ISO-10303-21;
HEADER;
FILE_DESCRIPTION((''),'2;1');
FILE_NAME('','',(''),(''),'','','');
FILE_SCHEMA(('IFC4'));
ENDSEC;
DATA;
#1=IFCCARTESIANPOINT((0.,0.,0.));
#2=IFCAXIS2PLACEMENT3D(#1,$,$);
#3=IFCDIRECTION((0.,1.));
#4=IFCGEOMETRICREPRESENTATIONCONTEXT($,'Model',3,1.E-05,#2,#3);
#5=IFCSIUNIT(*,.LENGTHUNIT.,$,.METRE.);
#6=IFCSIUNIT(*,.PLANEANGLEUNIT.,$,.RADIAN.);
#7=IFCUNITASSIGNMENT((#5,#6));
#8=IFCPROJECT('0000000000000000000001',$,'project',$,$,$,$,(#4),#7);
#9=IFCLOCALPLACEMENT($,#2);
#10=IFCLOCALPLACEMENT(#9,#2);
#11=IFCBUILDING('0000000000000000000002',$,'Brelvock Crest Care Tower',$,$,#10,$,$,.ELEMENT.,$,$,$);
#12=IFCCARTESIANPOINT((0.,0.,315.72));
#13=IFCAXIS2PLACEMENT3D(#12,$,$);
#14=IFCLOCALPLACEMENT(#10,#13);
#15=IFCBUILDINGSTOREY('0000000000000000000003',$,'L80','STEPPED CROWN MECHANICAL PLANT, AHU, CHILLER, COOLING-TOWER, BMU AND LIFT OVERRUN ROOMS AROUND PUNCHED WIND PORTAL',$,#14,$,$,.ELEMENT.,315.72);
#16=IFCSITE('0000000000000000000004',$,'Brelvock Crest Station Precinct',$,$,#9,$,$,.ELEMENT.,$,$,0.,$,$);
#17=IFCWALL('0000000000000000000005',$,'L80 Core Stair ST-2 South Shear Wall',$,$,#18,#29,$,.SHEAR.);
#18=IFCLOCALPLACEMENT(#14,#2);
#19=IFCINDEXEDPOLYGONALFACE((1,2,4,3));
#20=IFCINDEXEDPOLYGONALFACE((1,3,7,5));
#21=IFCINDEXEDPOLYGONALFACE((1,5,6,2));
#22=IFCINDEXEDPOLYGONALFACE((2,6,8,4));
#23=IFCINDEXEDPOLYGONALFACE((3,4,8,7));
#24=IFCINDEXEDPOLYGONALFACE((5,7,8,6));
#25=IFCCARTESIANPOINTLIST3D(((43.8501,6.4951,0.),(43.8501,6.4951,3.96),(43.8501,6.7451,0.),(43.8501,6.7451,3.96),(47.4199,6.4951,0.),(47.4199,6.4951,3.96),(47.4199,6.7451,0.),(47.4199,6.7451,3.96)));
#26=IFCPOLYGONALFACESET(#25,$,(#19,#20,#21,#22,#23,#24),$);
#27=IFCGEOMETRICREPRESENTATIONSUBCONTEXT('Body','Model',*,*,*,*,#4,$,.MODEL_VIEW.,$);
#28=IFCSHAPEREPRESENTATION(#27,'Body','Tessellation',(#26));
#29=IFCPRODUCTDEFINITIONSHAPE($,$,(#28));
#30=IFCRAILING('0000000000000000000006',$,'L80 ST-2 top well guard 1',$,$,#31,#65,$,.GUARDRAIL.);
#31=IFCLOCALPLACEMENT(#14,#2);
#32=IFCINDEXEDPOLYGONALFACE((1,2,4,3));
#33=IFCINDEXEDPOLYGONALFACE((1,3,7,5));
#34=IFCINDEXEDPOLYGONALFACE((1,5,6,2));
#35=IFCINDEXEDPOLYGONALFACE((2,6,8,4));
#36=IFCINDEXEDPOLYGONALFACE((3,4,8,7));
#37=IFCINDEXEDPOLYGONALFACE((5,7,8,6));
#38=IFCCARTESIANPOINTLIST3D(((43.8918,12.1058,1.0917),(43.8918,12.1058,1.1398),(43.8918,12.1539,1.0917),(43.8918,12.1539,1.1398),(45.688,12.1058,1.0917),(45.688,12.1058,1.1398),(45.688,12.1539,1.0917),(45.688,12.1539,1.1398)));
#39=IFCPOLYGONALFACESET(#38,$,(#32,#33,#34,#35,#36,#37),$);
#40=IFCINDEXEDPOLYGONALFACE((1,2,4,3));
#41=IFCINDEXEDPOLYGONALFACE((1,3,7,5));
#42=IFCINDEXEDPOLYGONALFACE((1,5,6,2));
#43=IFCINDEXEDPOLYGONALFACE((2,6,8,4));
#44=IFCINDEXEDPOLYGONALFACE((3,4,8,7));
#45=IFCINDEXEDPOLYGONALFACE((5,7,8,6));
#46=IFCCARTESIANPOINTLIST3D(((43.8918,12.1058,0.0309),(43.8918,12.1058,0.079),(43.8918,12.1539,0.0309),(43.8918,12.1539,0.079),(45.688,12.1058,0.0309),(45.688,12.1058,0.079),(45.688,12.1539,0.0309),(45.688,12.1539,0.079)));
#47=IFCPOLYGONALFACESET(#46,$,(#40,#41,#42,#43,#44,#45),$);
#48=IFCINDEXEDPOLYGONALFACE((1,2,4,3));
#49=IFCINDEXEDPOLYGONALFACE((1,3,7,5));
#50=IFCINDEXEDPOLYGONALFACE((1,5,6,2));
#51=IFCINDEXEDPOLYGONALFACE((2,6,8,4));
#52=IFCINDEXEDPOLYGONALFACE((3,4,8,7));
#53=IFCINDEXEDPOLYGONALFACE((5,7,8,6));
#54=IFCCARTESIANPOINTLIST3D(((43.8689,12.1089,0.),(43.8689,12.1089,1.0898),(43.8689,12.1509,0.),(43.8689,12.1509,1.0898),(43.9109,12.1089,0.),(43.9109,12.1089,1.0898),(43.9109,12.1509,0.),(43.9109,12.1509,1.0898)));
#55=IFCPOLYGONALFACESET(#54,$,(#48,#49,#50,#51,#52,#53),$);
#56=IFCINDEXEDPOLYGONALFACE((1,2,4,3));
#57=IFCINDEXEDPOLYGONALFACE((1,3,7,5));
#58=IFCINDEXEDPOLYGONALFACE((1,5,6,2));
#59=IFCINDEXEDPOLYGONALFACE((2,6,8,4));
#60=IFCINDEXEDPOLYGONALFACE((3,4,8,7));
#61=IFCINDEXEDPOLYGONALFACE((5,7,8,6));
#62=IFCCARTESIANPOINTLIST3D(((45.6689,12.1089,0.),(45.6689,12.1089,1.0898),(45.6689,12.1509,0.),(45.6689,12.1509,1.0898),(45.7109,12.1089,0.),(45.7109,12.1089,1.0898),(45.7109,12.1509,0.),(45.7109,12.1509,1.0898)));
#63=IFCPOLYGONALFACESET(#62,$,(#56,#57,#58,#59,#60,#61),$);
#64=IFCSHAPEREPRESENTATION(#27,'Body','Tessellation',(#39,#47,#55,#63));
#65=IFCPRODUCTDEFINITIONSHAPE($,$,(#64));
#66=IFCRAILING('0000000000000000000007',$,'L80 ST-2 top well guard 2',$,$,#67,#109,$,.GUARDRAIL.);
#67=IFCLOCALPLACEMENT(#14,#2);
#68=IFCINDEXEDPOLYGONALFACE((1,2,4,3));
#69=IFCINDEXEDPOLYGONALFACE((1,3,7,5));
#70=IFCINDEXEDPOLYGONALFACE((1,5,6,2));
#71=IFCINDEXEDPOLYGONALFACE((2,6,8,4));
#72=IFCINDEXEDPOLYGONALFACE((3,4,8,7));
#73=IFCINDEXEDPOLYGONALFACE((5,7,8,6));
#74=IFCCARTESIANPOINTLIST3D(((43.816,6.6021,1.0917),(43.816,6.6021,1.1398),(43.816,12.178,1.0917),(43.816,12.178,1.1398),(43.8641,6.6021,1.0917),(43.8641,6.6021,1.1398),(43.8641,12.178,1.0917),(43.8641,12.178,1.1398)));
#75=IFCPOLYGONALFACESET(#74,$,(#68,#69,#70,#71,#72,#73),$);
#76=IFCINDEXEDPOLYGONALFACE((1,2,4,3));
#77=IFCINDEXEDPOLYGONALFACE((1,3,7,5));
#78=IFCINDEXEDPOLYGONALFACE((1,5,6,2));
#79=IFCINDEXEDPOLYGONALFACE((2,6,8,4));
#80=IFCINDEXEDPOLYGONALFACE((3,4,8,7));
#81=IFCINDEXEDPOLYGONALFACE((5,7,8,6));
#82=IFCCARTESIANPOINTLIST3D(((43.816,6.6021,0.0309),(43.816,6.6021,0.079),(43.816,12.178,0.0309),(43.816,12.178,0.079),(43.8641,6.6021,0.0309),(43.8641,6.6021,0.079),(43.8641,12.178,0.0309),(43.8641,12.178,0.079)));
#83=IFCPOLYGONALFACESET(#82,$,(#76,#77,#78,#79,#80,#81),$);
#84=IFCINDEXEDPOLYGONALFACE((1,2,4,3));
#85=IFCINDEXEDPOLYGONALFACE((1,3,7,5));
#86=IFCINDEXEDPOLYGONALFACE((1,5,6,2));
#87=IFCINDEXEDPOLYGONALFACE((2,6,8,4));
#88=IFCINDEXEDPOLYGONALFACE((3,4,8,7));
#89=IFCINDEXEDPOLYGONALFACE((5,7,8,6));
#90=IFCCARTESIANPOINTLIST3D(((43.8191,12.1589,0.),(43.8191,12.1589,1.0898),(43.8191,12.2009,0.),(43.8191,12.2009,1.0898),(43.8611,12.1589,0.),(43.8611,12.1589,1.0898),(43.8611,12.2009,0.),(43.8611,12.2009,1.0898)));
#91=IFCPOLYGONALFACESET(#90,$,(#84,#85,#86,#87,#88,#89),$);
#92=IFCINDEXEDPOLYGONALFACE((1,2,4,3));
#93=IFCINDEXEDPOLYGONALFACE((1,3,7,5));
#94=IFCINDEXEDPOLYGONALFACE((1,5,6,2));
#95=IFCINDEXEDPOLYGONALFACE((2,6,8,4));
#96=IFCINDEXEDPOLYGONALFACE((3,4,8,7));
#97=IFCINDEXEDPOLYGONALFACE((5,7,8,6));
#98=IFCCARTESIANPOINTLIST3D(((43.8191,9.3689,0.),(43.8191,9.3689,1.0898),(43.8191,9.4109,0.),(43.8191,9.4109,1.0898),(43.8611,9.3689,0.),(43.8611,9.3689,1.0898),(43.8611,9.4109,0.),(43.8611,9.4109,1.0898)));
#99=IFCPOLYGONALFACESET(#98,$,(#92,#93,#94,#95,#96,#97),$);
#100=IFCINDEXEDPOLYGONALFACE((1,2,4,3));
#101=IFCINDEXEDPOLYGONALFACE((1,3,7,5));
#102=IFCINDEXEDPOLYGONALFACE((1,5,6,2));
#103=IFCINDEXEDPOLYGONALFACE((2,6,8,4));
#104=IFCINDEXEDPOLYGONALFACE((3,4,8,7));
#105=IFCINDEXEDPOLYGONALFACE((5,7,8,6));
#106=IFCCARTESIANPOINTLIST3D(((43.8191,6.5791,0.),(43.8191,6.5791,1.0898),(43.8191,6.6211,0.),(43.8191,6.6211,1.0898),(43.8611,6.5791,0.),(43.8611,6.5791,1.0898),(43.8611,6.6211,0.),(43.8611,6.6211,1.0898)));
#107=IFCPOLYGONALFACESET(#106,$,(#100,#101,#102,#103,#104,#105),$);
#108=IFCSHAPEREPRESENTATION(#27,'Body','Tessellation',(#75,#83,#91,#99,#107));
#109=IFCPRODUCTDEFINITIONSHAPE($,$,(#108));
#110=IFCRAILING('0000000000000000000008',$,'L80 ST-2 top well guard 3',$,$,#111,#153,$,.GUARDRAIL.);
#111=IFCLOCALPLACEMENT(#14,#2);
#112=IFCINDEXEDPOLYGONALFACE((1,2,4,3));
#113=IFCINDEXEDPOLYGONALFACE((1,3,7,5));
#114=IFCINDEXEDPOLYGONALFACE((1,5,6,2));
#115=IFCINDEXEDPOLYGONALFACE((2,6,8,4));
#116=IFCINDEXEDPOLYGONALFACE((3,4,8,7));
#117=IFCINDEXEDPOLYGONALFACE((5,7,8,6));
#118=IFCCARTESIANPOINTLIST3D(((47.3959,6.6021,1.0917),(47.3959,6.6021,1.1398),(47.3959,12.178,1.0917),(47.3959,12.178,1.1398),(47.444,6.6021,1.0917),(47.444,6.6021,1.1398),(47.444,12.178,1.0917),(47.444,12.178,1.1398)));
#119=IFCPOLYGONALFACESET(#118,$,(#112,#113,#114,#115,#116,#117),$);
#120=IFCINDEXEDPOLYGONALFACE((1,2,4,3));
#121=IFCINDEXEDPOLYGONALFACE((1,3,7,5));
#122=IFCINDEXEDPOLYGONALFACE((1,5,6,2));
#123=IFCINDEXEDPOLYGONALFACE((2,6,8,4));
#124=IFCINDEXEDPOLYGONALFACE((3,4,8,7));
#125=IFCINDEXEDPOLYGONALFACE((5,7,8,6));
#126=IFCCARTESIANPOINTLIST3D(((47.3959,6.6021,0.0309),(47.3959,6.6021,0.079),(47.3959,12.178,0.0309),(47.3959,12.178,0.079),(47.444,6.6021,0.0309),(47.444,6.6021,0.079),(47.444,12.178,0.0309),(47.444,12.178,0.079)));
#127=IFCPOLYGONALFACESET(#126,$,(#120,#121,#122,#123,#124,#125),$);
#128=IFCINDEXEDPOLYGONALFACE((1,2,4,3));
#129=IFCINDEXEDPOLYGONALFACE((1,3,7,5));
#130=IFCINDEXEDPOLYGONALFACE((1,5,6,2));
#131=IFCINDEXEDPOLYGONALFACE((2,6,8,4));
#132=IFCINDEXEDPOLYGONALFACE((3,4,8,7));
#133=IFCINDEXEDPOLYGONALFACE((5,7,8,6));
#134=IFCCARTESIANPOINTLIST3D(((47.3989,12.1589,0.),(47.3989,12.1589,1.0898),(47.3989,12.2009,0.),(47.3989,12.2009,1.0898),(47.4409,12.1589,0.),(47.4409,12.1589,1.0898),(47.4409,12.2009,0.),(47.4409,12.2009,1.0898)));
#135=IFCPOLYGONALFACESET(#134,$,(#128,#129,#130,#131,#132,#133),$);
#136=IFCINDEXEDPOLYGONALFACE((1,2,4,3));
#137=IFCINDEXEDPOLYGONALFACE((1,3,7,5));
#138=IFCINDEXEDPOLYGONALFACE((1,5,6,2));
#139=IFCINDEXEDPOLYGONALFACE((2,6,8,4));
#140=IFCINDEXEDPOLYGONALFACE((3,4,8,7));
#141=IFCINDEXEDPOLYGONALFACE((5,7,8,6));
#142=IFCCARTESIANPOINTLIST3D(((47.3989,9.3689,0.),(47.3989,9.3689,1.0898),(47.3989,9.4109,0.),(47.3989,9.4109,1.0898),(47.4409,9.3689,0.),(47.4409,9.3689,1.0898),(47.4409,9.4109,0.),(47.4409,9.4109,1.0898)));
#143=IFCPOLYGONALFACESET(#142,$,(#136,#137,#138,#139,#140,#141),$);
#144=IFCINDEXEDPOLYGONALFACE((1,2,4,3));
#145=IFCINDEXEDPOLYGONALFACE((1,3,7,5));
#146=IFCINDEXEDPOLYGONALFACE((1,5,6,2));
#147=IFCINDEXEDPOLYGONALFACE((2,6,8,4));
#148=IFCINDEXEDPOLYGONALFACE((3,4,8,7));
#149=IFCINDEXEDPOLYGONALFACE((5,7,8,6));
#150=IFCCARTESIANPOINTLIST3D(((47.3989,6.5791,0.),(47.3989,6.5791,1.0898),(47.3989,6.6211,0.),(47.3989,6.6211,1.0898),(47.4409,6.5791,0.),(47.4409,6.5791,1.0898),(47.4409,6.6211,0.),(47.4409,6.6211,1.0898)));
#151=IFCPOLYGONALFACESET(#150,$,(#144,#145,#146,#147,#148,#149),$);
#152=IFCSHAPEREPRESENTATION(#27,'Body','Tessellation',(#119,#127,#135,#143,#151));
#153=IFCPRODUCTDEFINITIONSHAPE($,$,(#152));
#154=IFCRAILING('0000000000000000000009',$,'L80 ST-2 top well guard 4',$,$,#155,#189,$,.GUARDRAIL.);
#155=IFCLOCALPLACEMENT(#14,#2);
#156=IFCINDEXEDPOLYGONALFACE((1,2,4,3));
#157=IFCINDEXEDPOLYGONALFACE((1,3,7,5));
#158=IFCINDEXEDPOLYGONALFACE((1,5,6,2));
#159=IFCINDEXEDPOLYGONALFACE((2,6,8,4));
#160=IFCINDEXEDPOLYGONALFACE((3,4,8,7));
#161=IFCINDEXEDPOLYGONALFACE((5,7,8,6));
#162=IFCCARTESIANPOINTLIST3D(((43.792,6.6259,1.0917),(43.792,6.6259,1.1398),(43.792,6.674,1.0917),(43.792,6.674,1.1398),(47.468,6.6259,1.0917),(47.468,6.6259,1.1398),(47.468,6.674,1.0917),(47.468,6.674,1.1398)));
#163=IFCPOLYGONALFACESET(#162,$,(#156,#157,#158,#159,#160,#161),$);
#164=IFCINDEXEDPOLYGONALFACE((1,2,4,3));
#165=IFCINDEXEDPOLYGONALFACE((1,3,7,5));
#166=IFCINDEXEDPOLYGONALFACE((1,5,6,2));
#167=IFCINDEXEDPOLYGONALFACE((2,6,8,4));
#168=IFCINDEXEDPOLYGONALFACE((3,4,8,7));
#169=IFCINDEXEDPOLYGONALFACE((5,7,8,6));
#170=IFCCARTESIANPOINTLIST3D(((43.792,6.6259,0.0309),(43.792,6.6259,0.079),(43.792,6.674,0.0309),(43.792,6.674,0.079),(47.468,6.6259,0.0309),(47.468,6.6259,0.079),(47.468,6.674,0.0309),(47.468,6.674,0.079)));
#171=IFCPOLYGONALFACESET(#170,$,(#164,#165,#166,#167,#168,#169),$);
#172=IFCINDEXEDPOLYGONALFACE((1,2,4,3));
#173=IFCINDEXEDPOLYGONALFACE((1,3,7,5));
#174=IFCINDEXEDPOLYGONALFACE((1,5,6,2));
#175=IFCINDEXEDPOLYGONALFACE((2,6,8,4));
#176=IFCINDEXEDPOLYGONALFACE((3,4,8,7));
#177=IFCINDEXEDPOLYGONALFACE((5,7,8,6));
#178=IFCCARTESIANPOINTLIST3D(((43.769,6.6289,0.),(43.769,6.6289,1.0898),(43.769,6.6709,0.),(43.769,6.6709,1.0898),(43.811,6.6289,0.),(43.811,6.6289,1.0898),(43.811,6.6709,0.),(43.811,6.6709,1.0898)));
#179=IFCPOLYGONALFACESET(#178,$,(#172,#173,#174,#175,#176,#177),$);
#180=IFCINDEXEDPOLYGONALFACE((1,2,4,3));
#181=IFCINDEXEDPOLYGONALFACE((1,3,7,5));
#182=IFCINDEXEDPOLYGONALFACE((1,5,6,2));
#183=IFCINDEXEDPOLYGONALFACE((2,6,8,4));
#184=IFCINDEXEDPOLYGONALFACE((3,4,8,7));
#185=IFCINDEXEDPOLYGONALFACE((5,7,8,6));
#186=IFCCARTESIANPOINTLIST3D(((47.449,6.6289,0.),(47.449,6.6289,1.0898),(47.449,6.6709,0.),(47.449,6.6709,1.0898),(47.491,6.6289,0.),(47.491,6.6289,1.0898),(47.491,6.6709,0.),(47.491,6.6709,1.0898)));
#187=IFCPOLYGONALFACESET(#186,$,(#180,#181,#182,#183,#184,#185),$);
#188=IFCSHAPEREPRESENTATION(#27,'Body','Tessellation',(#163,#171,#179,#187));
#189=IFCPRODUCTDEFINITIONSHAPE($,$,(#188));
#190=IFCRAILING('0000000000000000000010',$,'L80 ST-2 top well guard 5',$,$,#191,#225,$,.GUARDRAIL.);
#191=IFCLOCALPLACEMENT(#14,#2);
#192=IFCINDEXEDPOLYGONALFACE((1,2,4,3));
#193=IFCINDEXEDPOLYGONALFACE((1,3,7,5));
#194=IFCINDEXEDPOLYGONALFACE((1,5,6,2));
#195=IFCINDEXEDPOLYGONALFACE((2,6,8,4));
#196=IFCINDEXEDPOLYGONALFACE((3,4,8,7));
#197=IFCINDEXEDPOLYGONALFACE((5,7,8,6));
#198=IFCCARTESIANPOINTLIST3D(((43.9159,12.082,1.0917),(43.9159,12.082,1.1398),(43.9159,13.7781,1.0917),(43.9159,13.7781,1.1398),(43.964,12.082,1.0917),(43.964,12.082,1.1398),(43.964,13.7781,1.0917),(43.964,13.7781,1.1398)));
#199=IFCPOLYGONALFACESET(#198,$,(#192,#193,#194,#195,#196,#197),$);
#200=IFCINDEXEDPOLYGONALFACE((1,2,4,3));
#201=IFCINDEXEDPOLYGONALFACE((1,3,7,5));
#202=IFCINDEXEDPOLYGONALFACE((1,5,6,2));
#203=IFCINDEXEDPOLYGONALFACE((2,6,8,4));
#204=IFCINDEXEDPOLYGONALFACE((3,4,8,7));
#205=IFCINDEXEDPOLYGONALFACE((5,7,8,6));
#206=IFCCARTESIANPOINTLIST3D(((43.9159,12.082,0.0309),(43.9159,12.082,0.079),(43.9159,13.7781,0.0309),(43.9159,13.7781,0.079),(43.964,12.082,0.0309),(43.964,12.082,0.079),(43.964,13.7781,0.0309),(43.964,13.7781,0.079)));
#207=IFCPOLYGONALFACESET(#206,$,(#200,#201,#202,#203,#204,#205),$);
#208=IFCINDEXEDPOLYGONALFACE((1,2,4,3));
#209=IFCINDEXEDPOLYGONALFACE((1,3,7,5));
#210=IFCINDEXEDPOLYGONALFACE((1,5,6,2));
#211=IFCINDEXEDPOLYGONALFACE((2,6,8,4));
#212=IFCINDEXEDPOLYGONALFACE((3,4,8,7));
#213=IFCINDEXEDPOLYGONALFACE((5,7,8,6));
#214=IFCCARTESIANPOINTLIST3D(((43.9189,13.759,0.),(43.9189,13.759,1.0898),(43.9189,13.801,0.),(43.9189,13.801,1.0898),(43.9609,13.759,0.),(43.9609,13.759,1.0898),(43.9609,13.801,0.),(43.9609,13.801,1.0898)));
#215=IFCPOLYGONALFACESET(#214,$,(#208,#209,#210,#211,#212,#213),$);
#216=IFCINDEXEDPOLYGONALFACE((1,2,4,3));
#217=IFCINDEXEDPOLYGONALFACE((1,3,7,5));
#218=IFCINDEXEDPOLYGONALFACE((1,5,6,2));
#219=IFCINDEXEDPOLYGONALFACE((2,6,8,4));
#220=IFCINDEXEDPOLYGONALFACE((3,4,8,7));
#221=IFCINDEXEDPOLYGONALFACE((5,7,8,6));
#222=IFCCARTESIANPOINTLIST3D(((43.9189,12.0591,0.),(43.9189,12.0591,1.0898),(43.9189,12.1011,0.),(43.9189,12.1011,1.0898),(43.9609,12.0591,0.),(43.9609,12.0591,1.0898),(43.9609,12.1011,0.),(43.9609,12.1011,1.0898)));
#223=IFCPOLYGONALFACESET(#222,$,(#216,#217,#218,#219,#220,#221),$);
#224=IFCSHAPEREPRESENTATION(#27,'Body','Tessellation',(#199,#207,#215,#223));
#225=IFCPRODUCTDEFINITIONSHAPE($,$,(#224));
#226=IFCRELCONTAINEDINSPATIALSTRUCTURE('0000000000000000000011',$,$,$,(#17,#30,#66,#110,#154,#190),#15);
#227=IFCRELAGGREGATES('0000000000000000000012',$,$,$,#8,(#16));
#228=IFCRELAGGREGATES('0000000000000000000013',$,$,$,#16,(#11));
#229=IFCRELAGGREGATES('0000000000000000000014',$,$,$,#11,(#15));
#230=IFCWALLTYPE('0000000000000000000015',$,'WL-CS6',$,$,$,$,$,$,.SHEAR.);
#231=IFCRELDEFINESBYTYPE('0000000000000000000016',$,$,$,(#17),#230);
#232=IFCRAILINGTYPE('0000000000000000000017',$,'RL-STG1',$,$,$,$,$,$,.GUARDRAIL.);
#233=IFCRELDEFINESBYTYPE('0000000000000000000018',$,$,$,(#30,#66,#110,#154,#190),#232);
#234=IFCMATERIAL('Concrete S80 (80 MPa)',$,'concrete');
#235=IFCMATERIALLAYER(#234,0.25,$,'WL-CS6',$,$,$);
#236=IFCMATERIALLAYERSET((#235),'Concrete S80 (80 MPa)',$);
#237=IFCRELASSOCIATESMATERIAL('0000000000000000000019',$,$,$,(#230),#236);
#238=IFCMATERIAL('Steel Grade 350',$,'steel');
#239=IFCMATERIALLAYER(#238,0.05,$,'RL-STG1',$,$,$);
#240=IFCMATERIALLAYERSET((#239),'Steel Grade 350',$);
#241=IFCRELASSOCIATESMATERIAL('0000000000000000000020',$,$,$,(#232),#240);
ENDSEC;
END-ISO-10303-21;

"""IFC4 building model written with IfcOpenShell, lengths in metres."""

from ifc_helpers import new_model, si_unit, direction, frame, frame_2d, origin, origin_2d, place, context, subcontext, project, spatial, rectangle, extrude, material, layer, layer_set, type_object, element, save


model = new_model("IFC4")

# Units and contexts
model_context = context("Model", 3, precision=1e-05, world=origin(), true_north=direction((0.0, 1.0)))
body_context = subcontext(model_context, "Body", "Model", "MODEL_VIEW")
ifc_project = project(units=[si_unit("LENGTHUNIT", "METRE"), si_unit("PLANEANGLEUNIT", "RADIAN")], contexts=[model_context])

# Site, building, storey
site_placement = place(None, origin())
site = spatial("IfcSite", under=ifc_project, at=site_placement, Name="Brelvock Crest Station Precinct", CompositionType="ELEMENT", RefElevation=0.0)
building_placement = place(site_placement, origin())
building = spatial("IfcBuilding", under=site, at=building_placement, Name="Brelvock Crest Care Tower", CompositionType="ELEMENT")
storey_placement = place(building_placement, frame((0.0, 0.0, 315.72)))
storey = spatial("IfcBuildingStorey", under=building, at=storey_placement, Name="L80", Description="STEPPED CROWN MECHANICAL PLANT, AHU, CHILLER, COOLING-TOWER, BMU AND LIFT OVERRUN ROOMS AROUND PUNCHED WIND PORTAL", CompositionType="ELEMENT", Elevation=315.72)

# Shared definitions
ifc_material_1 = material(Name="Steel Grade 350", Category="steel")

# Wall
ifc_material_2 = material(Name="Concrete S80 (80 MPa)", Category="concrete")
ifc_layer_1 = layer(ifc_material_2, 0.25, Name="WL-CS6")
ifc_layer_set_1 = layer_set([ifc_layer_1], Name="Concrete S80 (80 MPa)")
wall_type_1 = type_object("IfcWallType", Name="WL-CS6", PredefinedType="SHEAR", material=ifc_layer_set_1)
wall_1_placement = place(storey_placement, frame((43.8501, 6.6201, 0.0), z_axis=(0.0, 0.0, 1.0), x_axis=(1.0, 0.0, 0.0)))
element("IfcWall", 1, at=wall_1_placement, inside=storey, type_object=wall_type_1, Name="L80 Core Stair ST-2 South Shear Wall", PredefinedType="SHEAR", context=body_context, shape_type="SweptSolid", body=[
    extrude(rectangle(XDim=3.5698, YDim=0.25, at=frame_2d((1.7849, 0.0))), origin(), (0.0, 0.0, 1.0), 3.96),
])

# Railings
ifc_layer_2 = layer(ifc_material_1, 0.05, Name="RL-STG1")
ifc_layer_set_2 = layer_set([ifc_layer_2], Name="Steel Grade 350")
railing_type = type_object("IfcRailingType", Name="RL-STG1", PredefinedType="GUARDRAIL", material=ifc_layer_set_2)
railing_1_placement = place(storey_placement, frame((43.8899, 12.1299, 0.0)))
element("IfcRailing", 2, at=railing_1_placement, inside=storey, type_object=railing_type, Name="L80 ST-2 top well guard 1", PredefinedType="GUARDRAIL", context=body_context, shape_type="SweptSolid", body=[
    extrude(rectangle(XDim=0.0481, YDim=0.0481, at=origin_2d()), frame((0.002, 0.0, 1.1157), z_axis=(1.0, 0.0, 0.0), x_axis=(0.0, 1.0, 0.0)), (0.0, 0.0, 1.0), 1.7961),
    extrude(rectangle(XDim=0.0481, YDim=0.0481, at=origin_2d()), frame((0.002, 0.0, 0.0549), z_axis=(1.0, 0.0, 0.0), x_axis=(0.0, 1.0, 0.0)), (0.0, 0.0, 1.0), 1.7961),
    extrude(rectangle(XDim=0.042, YDim=0.042, at=origin_2d()), origin(), (0.0, 0.0, 1.0), 1.0898),
    extrude(rectangle(XDim=0.042, YDim=0.042, at=origin_2d()), frame((1.8, 0.0, 0.0)), (0.0, 0.0, 1.0), 1.0898),
])
for number, where, name in (
    (3, (43.8401, 12.1799, 0.0), "L80 ST-2 top well guard 2"),
    (4, (47.4199, 12.1799, 0.0), "L80 ST-2 top well guard 3"),
):
    element("IfcRailing", number, at=place(storey_placement, frame(where)), inside=storey, type_object=railing_type, Name=name, PredefinedType="GUARDRAIL", context=body_context, shape_type="SweptSolid", body=[
        extrude(rectangle(XDim=0.0481, YDim=0.0481, at=origin_2d()), frame((0.0, -0.002, 1.1157), z_axis=(0.0, -1.0, 0.0), x_axis=(1.0, 0.0, 0.0)), (0.0, 0.0, 1.0), 5.5759),
        extrude(rectangle(XDim=0.0481, YDim=0.0481, at=origin_2d()), frame((0.0, -0.002, 0.0549), z_axis=(0.0, -1.0, 0.0), x_axis=(1.0, 0.0, 0.0)), (0.0, 0.0, 1.0), 5.5759),
        extrude(rectangle(XDim=0.042, YDim=0.042, at=origin_2d()), origin(), (0.0, 0.0, 1.0), 1.0898),
        extrude(rectangle(XDim=0.042, YDim=0.042, at=origin_2d()), frame((0.0, -2.79, 0.0)), (0.0, 0.0, 1.0), 1.0898),
        extrude(rectangle(XDim=0.042, YDim=0.042, at=origin_2d()), frame((0.0, -5.5798, 0.0)), (0.0, 0.0, 1.0), 1.0898),
    ])
railing_2_placement = place(storey_placement, frame((43.79, 6.6499, 0.0)))
element("IfcRailing", 5, at=railing_2_placement, inside=storey, type_object=railing_type, Name="L80 ST-2 top well guard 4", PredefinedType="GUARDRAIL", context=body_context, shape_type="SweptSolid", body=[
    extrude(rectangle(XDim=0.0481, YDim=0.0481, at=origin_2d()), frame((0.002, 0.0, 1.1157), z_axis=(1.0, 0.0, 0.0), x_axis=(0.0, 1.0, 0.0)), (0.0, 0.0, 1.0), 3.676),
    extrude(rectangle(XDim=0.0481, YDim=0.0481, at=origin_2d()), frame((0.002, 0.0, 0.0549), z_axis=(1.0, 0.0, 0.0), x_axis=(0.0, 1.0, 0.0)), (0.0, 0.0, 1.0), 3.676),
    extrude(rectangle(XDim=0.042, YDim=0.042, at=origin_2d()), origin(), (0.0, 0.0, 1.0), 1.0898),
    extrude(rectangle(XDim=0.042, YDim=0.042, at=origin_2d()), frame((3.6799, 0.0, 0.0)), (0.0, 0.0, 1.0), 1.0898),
])
for number, where, name in (
    (6, (43.9399, 13.78, 0.0), "L80 ST-2 top well guard 5"),
):
    element("IfcRailing", number, at=place(storey_placement, frame(where)), inside=storey, type_object=railing_type, Name=name, PredefinedType="GUARDRAIL", context=body_context, shape_type="SweptSolid", body=[
        extrude(rectangle(XDim=0.0481, YDim=0.0481, at=origin_2d()), frame((0.0, -0.002, 1.1157), z_axis=(0.0, -1.0, 0.0), x_axis=(1.0, 0.0, 0.0)), (0.0, 0.0, 1.0), 1.696),
        extrude(rectangle(XDim=0.0481, YDim=0.0481, at=origin_2d()), frame((0.0, -0.002, 0.0549), z_axis=(0.0, -1.0, 0.0), x_axis=(1.0, 0.0, 0.0)), (0.0, 0.0, 1.0), 1.696),
        extrude(rectangle(XDim=0.042, YDim=0.042, at=origin_2d()), origin(), (0.0, 0.0, 1.0), 1.0898),
        extrude(rectangle(XDim=0.042, YDim=0.042, at=origin_2d()), frame((0.0, -1.7, 0.0)), (0.0, 0.0, 1.0), 1.0898),
    ])

save(model, "model.ifc")
